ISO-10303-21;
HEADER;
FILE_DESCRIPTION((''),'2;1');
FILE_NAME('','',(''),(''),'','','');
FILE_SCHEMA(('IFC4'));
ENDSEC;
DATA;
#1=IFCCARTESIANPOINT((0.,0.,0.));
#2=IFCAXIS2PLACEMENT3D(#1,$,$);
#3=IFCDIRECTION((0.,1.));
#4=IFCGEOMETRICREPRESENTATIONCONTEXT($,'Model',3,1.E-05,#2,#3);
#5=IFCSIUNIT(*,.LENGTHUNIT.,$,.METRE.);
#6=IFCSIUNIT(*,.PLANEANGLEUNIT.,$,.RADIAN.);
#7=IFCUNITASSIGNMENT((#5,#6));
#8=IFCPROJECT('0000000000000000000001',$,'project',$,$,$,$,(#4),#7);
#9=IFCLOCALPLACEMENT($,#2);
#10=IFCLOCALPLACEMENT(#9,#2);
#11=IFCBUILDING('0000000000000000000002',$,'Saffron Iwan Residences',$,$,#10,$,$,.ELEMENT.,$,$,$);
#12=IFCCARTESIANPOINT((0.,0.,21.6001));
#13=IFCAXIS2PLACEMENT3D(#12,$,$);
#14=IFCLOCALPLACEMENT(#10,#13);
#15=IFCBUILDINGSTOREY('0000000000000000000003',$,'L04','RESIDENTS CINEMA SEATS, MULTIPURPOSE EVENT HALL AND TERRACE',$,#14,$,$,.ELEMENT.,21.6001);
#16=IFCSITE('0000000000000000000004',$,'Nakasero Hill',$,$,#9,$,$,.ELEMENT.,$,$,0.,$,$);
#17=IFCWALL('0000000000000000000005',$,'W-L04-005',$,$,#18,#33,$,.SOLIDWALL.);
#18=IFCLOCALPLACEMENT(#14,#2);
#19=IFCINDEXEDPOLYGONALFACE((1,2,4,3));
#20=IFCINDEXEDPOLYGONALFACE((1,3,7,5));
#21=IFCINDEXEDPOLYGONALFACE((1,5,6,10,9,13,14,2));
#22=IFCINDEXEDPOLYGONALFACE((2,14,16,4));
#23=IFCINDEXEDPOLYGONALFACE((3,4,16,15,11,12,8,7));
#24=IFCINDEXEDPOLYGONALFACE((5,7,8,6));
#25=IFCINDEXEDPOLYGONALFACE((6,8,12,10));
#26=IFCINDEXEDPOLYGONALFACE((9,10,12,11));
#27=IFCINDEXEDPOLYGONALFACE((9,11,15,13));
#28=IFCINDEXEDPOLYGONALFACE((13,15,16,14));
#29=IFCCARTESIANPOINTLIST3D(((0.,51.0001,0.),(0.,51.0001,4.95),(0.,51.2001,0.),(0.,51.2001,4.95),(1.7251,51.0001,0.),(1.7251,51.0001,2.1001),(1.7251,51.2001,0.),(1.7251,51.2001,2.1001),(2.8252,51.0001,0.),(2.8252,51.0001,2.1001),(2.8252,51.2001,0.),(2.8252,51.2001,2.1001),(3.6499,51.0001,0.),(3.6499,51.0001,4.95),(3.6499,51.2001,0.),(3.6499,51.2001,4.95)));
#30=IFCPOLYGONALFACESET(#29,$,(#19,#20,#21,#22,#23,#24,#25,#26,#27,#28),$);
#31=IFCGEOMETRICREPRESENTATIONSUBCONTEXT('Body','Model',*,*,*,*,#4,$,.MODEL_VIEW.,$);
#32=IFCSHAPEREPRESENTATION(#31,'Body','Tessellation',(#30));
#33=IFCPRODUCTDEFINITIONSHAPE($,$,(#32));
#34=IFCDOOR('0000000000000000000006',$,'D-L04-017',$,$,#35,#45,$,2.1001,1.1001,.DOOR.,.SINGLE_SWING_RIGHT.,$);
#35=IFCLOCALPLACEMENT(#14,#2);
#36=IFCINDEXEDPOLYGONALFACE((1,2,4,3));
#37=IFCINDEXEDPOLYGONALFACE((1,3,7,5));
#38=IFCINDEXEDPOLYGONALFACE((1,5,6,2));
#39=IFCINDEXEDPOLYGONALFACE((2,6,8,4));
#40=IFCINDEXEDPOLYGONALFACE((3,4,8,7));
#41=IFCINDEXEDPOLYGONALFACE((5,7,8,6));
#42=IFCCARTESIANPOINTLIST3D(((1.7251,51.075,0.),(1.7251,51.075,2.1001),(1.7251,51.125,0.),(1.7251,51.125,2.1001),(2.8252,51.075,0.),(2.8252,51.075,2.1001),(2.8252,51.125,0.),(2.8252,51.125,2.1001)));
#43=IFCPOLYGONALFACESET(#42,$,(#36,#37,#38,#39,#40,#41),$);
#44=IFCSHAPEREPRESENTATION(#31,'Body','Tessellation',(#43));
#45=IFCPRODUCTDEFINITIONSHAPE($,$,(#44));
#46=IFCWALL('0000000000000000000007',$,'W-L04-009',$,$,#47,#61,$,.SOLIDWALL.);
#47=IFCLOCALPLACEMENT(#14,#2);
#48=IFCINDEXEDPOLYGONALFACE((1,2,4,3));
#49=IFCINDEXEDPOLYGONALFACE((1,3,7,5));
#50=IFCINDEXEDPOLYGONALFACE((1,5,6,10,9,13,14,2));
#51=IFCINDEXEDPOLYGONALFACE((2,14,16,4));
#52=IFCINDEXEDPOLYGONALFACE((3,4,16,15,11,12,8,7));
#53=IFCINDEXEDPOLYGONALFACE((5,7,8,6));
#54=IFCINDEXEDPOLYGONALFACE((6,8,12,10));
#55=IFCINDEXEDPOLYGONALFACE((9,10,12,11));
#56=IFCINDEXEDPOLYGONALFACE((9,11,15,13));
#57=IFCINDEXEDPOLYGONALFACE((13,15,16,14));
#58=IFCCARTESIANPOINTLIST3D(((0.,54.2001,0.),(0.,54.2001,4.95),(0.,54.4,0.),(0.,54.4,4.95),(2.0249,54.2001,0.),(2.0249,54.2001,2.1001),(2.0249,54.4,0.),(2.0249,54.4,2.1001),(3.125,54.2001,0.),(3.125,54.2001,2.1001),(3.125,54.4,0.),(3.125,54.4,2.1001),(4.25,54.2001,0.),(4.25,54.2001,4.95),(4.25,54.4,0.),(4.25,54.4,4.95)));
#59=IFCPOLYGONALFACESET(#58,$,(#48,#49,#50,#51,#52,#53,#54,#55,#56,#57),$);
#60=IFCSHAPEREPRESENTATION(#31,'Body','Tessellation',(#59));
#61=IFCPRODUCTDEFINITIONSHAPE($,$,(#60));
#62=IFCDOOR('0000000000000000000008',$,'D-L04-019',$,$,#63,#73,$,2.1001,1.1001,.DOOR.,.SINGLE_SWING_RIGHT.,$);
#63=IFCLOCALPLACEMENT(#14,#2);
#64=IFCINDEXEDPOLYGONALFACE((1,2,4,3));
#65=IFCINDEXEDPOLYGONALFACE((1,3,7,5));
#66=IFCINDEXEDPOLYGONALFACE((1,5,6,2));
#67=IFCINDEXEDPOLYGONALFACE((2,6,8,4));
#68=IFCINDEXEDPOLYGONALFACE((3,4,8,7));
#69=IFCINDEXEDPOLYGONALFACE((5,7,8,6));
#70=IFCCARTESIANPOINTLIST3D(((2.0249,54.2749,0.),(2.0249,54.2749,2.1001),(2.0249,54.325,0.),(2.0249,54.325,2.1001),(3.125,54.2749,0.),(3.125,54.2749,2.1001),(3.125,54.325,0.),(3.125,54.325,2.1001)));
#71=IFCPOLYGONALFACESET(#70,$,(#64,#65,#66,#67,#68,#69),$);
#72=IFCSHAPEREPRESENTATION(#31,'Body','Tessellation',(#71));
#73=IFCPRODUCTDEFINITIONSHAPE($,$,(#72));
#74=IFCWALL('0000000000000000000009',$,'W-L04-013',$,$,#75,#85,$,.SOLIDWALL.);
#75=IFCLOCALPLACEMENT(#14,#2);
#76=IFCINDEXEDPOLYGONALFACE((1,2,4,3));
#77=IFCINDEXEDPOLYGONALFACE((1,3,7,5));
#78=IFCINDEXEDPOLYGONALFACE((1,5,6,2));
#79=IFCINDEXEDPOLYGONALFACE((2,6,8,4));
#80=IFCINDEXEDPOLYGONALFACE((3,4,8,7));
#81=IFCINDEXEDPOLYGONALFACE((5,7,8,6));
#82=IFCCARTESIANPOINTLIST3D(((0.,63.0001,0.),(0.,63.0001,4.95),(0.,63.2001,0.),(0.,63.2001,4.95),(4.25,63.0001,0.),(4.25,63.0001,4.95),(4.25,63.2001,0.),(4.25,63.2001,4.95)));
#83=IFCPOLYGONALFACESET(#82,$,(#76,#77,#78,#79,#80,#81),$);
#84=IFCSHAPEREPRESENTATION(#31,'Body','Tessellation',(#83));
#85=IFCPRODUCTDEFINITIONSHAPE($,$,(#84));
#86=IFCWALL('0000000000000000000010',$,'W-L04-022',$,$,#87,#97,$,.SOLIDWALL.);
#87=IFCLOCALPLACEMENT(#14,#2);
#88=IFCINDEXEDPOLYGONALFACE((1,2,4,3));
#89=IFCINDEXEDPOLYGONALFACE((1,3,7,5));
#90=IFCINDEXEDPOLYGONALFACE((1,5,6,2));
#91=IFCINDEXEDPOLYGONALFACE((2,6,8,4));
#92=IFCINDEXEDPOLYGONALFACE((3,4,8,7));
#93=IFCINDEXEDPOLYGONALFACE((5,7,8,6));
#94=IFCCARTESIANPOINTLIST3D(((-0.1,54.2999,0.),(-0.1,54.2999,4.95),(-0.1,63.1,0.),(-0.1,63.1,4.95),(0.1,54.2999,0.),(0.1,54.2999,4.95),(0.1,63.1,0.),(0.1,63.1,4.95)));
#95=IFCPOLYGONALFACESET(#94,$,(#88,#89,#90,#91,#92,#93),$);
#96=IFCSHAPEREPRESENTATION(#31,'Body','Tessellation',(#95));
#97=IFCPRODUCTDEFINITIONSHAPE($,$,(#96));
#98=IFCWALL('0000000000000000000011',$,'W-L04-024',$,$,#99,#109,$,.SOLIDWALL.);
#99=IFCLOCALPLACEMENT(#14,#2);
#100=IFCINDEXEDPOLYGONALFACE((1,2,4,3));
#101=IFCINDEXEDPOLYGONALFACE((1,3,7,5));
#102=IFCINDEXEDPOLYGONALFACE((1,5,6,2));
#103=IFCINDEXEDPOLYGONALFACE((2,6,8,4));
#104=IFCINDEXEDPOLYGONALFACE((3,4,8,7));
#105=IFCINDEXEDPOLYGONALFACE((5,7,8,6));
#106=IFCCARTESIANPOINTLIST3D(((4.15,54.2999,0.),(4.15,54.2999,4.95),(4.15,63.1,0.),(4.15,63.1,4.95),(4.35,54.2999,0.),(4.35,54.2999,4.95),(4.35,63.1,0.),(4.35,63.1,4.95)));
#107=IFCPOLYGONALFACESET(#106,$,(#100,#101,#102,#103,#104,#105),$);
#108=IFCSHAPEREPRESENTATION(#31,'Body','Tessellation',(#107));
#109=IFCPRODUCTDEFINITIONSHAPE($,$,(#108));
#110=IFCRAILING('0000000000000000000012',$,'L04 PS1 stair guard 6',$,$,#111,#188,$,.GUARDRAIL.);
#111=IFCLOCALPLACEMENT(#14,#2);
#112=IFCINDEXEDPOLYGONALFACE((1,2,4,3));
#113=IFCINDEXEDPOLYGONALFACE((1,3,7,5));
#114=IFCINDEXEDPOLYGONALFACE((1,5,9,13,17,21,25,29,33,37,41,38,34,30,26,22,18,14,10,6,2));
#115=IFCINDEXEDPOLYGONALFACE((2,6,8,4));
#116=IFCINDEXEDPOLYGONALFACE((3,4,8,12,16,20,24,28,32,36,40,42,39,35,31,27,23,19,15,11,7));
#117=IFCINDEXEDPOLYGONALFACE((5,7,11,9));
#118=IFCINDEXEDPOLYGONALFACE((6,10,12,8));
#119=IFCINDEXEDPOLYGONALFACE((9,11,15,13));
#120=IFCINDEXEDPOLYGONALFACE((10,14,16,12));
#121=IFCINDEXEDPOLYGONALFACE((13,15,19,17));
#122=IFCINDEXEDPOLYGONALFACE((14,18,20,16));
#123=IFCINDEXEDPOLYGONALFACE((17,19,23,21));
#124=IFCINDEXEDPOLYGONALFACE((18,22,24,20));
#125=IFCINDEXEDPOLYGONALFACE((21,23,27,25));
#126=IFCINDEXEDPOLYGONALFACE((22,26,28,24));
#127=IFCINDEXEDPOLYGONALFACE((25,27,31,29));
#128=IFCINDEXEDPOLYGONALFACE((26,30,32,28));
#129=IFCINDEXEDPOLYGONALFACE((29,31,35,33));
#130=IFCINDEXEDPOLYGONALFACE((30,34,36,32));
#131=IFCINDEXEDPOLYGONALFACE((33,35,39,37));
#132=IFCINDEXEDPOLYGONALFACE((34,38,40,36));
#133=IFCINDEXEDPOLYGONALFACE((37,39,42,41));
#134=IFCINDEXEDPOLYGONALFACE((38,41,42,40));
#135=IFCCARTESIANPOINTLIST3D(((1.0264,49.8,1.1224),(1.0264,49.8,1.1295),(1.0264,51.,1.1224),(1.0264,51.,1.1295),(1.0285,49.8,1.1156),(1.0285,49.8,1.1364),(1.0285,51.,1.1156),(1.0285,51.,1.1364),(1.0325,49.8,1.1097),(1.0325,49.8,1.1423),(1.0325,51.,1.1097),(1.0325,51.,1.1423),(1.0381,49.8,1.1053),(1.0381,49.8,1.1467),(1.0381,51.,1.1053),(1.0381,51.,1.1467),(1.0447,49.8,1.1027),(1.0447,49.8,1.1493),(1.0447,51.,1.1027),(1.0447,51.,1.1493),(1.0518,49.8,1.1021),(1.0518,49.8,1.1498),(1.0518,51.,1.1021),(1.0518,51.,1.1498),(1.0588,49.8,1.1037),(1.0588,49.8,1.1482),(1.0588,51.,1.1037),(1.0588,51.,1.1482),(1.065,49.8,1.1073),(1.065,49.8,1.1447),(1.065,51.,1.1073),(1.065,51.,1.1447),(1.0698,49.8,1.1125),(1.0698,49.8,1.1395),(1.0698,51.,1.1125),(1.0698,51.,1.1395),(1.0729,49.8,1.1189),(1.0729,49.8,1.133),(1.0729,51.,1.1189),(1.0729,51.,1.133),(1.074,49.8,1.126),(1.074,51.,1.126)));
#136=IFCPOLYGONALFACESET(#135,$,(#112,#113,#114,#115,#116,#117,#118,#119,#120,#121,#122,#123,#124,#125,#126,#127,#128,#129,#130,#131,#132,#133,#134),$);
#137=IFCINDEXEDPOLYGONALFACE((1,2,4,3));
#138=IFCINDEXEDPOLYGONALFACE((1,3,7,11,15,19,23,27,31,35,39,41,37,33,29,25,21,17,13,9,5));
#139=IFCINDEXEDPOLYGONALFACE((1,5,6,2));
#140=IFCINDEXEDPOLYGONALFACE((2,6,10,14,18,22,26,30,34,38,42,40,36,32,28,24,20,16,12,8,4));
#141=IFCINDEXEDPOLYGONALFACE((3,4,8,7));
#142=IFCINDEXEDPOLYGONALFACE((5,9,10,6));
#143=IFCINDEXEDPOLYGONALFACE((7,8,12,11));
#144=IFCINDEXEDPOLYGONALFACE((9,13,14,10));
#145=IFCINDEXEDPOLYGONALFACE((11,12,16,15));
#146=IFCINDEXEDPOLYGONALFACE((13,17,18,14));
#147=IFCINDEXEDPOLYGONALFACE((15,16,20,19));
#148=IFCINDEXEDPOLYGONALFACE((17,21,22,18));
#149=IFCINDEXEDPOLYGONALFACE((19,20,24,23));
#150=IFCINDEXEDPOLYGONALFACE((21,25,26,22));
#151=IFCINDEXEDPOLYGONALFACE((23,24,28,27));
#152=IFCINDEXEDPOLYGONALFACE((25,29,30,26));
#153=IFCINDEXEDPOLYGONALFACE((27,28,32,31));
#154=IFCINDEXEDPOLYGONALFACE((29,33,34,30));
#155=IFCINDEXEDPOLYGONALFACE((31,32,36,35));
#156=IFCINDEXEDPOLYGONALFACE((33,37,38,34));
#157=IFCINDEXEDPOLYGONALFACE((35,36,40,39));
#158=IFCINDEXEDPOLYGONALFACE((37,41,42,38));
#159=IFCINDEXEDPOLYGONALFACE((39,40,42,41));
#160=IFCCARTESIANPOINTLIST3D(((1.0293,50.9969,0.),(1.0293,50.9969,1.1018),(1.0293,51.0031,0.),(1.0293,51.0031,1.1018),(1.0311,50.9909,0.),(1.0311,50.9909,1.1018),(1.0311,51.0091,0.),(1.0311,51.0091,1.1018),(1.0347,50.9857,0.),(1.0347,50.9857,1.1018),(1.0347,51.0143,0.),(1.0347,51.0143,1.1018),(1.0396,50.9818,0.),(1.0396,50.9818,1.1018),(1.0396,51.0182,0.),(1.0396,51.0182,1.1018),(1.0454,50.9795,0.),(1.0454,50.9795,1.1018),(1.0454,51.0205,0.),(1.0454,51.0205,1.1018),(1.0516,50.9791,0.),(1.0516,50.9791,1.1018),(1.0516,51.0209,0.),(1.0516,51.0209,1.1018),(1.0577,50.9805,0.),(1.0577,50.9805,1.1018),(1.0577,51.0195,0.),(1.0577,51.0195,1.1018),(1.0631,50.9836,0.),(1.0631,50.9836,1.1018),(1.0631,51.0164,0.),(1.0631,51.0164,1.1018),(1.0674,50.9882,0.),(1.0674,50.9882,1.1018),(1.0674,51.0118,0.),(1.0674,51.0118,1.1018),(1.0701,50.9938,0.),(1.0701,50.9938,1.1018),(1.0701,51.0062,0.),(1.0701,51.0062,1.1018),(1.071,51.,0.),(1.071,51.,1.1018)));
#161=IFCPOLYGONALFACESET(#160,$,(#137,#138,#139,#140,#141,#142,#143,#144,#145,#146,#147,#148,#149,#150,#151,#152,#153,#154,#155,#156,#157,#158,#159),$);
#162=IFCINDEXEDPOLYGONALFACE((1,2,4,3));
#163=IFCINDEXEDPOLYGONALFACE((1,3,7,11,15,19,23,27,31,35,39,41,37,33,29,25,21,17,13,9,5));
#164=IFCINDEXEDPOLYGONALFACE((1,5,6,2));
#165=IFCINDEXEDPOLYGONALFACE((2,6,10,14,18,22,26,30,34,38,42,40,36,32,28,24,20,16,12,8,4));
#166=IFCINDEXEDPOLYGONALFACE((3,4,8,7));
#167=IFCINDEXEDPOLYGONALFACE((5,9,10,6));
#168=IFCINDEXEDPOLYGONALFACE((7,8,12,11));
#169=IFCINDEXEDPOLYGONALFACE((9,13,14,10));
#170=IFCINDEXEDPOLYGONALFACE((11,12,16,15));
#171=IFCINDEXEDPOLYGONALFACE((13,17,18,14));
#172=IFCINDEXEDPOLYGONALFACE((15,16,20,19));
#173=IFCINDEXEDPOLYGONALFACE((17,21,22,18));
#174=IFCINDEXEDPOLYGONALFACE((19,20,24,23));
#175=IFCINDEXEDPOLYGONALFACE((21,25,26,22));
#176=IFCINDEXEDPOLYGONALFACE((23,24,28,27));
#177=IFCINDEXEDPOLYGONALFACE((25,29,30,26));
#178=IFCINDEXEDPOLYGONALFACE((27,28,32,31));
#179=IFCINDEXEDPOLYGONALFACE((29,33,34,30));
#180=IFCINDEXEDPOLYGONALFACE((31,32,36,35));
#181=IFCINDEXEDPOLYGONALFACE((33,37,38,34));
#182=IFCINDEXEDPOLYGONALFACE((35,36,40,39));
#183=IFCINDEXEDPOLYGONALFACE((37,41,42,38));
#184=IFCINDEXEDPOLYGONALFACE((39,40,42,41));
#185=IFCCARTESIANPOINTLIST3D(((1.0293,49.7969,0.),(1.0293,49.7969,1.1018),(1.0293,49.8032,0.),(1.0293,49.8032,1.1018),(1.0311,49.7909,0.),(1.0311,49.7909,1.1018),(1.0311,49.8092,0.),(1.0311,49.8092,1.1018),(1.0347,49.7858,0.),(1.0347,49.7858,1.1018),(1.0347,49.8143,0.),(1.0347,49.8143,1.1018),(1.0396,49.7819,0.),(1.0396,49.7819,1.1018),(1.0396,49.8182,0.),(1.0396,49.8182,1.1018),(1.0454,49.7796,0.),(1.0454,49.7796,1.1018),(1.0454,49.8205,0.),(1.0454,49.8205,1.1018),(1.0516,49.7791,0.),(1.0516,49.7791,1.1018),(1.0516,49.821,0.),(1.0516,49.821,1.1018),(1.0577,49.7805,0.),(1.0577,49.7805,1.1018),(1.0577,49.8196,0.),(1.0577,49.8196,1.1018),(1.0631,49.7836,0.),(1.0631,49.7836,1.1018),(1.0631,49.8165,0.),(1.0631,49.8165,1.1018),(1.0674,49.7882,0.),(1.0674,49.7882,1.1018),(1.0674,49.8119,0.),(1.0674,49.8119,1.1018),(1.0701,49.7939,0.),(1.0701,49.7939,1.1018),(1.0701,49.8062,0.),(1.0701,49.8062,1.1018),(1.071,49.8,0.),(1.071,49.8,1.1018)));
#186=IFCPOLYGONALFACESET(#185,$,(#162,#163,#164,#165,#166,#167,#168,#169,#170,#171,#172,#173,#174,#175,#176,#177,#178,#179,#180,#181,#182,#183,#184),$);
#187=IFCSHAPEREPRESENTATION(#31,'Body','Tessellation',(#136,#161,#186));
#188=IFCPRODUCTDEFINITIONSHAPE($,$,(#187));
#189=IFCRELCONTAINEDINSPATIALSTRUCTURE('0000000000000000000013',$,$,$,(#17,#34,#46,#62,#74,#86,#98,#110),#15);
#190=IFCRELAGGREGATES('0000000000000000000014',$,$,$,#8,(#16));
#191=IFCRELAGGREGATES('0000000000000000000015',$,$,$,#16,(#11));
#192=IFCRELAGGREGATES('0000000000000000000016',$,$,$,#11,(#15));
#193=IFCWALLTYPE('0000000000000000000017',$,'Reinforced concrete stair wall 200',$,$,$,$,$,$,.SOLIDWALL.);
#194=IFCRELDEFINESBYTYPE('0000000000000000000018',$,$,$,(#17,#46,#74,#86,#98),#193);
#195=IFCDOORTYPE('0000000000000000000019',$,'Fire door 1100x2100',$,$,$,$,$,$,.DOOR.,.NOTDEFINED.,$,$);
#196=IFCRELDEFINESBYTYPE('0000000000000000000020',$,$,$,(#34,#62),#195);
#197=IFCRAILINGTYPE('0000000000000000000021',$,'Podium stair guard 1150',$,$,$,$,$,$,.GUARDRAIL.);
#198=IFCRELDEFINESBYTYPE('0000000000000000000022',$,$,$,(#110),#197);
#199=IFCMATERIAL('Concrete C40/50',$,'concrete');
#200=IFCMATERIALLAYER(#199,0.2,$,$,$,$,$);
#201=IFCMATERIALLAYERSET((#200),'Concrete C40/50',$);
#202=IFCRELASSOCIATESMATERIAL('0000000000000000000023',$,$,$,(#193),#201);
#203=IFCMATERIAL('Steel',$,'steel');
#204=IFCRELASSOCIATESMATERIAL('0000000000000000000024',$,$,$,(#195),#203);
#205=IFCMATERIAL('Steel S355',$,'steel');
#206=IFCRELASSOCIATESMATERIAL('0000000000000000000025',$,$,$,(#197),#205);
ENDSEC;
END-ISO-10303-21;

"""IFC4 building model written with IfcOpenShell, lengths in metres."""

from ifc_helpers import new_model, si_unit, direction, frame, frame_2d, origin, origin_2d, place, context, subcontext, project, spatial, rectangle, circle, extrude, material, layer, layer_set, type_object, element, fill, save


model = new_model("IFC4")

# Units and contexts
model_context = context("Model", 3, precision=1e-05, world=origin(), true_north=direction((0.0, 1.0)))
body_context = subcontext(model_context, "Body", "Model", "MODEL_VIEW")
ifc_project = project(units=[si_unit("LENGTHUNIT", "METRE"), si_unit("PLANEANGLEUNIT", "RADIAN")], contexts=[model_context])

# Site, building, storey
site_placement = place(None, origin())
site = spatial("IfcSite", under=ifc_project, at=site_placement, Name="Nakasero Hill", CompositionType="ELEMENT", RefElevation=0.0)
building_placement = place(site_placement, origin())
building = spatial("IfcBuilding", under=site, at=building_placement, Name="Saffron Iwan Residences", CompositionType="ELEMENT")
storey_placement = place(building_placement, frame((0.0, 0.0, 21.6001)))
storey = spatial("IfcBuildingStorey", under=building, at=storey_placement, Name="L04", Description="RESIDENTS CINEMA SEATS, MULTIPURPOSE EVENT HALL AND TERRACE", CompositionType="ELEMENT", Elevation=21.6001)

# Walls, openings, doors
ifc_material_1 = material(Name="Concrete C40/50", Category="concrete")
ifc_layer_1 = layer(ifc_material_1, 0.2)
ifc_layer_set_1 = layer_set([ifc_layer_1], Name="Concrete C40/50")
wall_type_1 = type_object("IfcWallType", Name="Reinforced concrete stair wall 200", PredefinedType="SOLIDWALL", material=ifc_layer_set_1)
wall_1_placement = place(storey_placement, frame((0.0, 51.1001, 0.0), z_axis=(0.0, 0.0, 1.0), x_axis=(1.0, 0.0, 0.0)))
wall_1 = element("IfcWall", 1, at=wall_1_placement, inside=storey, type_object=wall_type_1, Name="W-L04-005", PredefinedType="SOLIDWALL", context=body_context, shape_type="SweptSolid", body=[
    extrude(rectangle(XDim=3.6499, YDim=0.2, at=frame_2d((1.825, 0.0))), origin(), (0.0, 0.0, 1.0), 4.95),
])
opening_1_placement = place(wall_1_placement, frame((1.7251, 0.0, 0.0)))
opening_1 = element("IfcOpeningElement", 2, at=opening_1_placement, cuts=wall_1, PredefinedType="OPENING", context=body_context, shape_type="SweptSolid", body=[
    extrude(rectangle(XDim=1.1001, YDim=2.1001, at=frame_2d((0.55, 1.05))), frame((0.0, 0.1099, 0.0), z_axis=(0.0, -1.0, 0.0), x_axis=(1.0, 0.0, 0.0)), (0.0, 0.0, 1.0), 0.22),
])
ifc_material_2 = material(Name="Steel", Category="steel")
door_type = type_object("IfcDoorType", Name="Fire door 1100x2100", OperationType="NOTDEFINED", PredefinedType="DOOR", material=ifc_material_2)
door_1_placement = place(opening_1_placement, origin())
door_1 = element("IfcDoor", 3, at=door_1_placement, inside=storey, type_object=door_type, Name="D-L04-017", OperationType="SINGLE_SWING_RIGHT", OverallHeight=2.1001, OverallWidth=1.1001, PredefinedType="DOOR", context=body_context, shape_type="SweptSolid", body=[
    extrude(rectangle(XDim=1.1001, YDim=2.1001, at=frame_2d((0.55, 1.05))), frame((0.0, 0.0249, 0.0), z_axis=(0.0, -1.0, 0.0), x_axis=(1.0, 0.0, 0.0)), (0.0, 0.0, 1.0), 0.05),
])
fill(opening_1, door_1)
wall_2_placement = place(storey_placement, frame((0.0, 54.3, 0.0), z_axis=(0.0, 0.0, 1.0), x_axis=(1.0, 0.0, 0.0)))
wall_2 = element("IfcWall", 4, at=wall_2_placement, inside=storey, type_object=wall_type_1, Name="W-L04-009", PredefinedType="SOLIDWALL", context=body_context, shape_type="SweptSolid", body=[
    extrude(rectangle(XDim=4.25, YDim=0.2, at=frame_2d((2.125, 0.0))), origin(), (0.0, 0.0, 1.0), 4.95),
])
opening_2_placement = place(wall_2_placement, frame((2.0249, 0.0, 0.0)))
opening_2 = element("IfcOpeningElement", 5, at=opening_2_placement, cuts=wall_2, PredefinedType="OPENING", context=body_context, shape_type="SweptSolid", body=[
    extrude(rectangle(XDim=1.1001, YDim=2.1001, at=frame_2d((0.55, 1.05))), frame((0.0, 0.1099, 0.0), z_axis=(0.0, -1.0, 0.0), x_axis=(1.0, 0.0, 0.0)), (0.0, 0.0, 1.0), 0.22),
])
door_2_placement = place(opening_2_placement, origin())
door_2 = element("IfcDoor", 6, at=door_2_placement, inside=storey, type_object=door_type, Name="D-L04-019", OperationType="SINGLE_SWING_RIGHT", OverallHeight=2.1001, OverallWidth=1.1001, PredefinedType="DOOR", context=body_context, shape_type="SweptSolid", body=[
    extrude(rectangle(XDim=1.1001, YDim=2.1001, at=frame_2d((0.55, 1.05))), frame((0.0, 0.0249, 0.0), z_axis=(0.0, -1.0, 0.0), x_axis=(1.0, 0.0, 0.0)), (0.0, 0.0, 1.0), 0.05),
])
fill(opening_2, door_2)

# Walls
wall_3_placement = place(storey_placement, frame((0.0, 63.1001, 0.0), z_axis=(0.0, 0.0, 1.0), x_axis=(1.0, 0.0, 0.0)))
element("IfcWall", 7, at=wall_3_placement, inside=storey, type_object=wall_type_1, Name="W-L04-013", PredefinedType="SOLIDWALL", context=body_context, shape_type="SweptSolid", body=[
    extrude(rectangle(XDim=4.25, YDim=0.2, at=frame_2d((2.125, 0.0))), origin(), (0.0, 0.0, 1.0), 4.95),
])
for number, where, z_axis, x_axis, name in (
    (8, (0.0, 54.3, 0.0), (0.0, 0.0, 1.0), (0.0, 1.0, 0.0), "W-L04-022"),
    (9, (4.25, 54.3, 0.0), (0.0, 0.0, 1.0), (0.0, 1.0, 0.0), "W-L04-024"),
):
    element("IfcWall", number, at=place(storey_placement, frame(where, z_axis=z_axis, x_axis=x_axis)), inside=storey, type_object=wall_type_1, Name=name, PredefinedType="SOLIDWALL", context=body_context, shape_type="SweptSolid", body=[
        extrude(rectangle(XDim=8.8, YDim=0.2, at=frame_2d((4.3999, 0.0))), origin(), (0.0, 0.0, 1.0), 4.95),
    ])

# Railing
ifc_material_3 = material(Name="Steel S355", Category="steel")
railing_type = type_object("IfcRailingType", Name="Podium stair guard 1150", PredefinedType="GUARDRAIL", material=ifc_material_3)
railing_1_placement = place(storey_placement, frame((1.05, 51.0, 0.0)))
element("IfcRailing", 10, at=railing_1_placement, inside=storey, type_object=railing_type, Name="L04 PS1 stair guard 6", PredefinedType="GUARDRAIL", context=body_context, shape_type="SweptSolid", body=[
    extrude(circle(Radius=0.0239, at=origin_2d()), frame((0.0, 0.0, 1.126), z_axis=(0.0, -1.0, 0.0), x_axis=(1.0, 0.0, 0.0)), (0.0, 0.0, 1.0), 1.2),
    extrude(circle(Radius=0.021, at=origin_2d()), origin(), (0.0, 0.0, 1.0), 1.1018),
    extrude(circle(Radius=0.021, at=origin_2d()), frame((0.0, -1.2, 0.0)), (0.0, 0.0, 1.0), 1.1018),
])

save(model, "model.ifc")
